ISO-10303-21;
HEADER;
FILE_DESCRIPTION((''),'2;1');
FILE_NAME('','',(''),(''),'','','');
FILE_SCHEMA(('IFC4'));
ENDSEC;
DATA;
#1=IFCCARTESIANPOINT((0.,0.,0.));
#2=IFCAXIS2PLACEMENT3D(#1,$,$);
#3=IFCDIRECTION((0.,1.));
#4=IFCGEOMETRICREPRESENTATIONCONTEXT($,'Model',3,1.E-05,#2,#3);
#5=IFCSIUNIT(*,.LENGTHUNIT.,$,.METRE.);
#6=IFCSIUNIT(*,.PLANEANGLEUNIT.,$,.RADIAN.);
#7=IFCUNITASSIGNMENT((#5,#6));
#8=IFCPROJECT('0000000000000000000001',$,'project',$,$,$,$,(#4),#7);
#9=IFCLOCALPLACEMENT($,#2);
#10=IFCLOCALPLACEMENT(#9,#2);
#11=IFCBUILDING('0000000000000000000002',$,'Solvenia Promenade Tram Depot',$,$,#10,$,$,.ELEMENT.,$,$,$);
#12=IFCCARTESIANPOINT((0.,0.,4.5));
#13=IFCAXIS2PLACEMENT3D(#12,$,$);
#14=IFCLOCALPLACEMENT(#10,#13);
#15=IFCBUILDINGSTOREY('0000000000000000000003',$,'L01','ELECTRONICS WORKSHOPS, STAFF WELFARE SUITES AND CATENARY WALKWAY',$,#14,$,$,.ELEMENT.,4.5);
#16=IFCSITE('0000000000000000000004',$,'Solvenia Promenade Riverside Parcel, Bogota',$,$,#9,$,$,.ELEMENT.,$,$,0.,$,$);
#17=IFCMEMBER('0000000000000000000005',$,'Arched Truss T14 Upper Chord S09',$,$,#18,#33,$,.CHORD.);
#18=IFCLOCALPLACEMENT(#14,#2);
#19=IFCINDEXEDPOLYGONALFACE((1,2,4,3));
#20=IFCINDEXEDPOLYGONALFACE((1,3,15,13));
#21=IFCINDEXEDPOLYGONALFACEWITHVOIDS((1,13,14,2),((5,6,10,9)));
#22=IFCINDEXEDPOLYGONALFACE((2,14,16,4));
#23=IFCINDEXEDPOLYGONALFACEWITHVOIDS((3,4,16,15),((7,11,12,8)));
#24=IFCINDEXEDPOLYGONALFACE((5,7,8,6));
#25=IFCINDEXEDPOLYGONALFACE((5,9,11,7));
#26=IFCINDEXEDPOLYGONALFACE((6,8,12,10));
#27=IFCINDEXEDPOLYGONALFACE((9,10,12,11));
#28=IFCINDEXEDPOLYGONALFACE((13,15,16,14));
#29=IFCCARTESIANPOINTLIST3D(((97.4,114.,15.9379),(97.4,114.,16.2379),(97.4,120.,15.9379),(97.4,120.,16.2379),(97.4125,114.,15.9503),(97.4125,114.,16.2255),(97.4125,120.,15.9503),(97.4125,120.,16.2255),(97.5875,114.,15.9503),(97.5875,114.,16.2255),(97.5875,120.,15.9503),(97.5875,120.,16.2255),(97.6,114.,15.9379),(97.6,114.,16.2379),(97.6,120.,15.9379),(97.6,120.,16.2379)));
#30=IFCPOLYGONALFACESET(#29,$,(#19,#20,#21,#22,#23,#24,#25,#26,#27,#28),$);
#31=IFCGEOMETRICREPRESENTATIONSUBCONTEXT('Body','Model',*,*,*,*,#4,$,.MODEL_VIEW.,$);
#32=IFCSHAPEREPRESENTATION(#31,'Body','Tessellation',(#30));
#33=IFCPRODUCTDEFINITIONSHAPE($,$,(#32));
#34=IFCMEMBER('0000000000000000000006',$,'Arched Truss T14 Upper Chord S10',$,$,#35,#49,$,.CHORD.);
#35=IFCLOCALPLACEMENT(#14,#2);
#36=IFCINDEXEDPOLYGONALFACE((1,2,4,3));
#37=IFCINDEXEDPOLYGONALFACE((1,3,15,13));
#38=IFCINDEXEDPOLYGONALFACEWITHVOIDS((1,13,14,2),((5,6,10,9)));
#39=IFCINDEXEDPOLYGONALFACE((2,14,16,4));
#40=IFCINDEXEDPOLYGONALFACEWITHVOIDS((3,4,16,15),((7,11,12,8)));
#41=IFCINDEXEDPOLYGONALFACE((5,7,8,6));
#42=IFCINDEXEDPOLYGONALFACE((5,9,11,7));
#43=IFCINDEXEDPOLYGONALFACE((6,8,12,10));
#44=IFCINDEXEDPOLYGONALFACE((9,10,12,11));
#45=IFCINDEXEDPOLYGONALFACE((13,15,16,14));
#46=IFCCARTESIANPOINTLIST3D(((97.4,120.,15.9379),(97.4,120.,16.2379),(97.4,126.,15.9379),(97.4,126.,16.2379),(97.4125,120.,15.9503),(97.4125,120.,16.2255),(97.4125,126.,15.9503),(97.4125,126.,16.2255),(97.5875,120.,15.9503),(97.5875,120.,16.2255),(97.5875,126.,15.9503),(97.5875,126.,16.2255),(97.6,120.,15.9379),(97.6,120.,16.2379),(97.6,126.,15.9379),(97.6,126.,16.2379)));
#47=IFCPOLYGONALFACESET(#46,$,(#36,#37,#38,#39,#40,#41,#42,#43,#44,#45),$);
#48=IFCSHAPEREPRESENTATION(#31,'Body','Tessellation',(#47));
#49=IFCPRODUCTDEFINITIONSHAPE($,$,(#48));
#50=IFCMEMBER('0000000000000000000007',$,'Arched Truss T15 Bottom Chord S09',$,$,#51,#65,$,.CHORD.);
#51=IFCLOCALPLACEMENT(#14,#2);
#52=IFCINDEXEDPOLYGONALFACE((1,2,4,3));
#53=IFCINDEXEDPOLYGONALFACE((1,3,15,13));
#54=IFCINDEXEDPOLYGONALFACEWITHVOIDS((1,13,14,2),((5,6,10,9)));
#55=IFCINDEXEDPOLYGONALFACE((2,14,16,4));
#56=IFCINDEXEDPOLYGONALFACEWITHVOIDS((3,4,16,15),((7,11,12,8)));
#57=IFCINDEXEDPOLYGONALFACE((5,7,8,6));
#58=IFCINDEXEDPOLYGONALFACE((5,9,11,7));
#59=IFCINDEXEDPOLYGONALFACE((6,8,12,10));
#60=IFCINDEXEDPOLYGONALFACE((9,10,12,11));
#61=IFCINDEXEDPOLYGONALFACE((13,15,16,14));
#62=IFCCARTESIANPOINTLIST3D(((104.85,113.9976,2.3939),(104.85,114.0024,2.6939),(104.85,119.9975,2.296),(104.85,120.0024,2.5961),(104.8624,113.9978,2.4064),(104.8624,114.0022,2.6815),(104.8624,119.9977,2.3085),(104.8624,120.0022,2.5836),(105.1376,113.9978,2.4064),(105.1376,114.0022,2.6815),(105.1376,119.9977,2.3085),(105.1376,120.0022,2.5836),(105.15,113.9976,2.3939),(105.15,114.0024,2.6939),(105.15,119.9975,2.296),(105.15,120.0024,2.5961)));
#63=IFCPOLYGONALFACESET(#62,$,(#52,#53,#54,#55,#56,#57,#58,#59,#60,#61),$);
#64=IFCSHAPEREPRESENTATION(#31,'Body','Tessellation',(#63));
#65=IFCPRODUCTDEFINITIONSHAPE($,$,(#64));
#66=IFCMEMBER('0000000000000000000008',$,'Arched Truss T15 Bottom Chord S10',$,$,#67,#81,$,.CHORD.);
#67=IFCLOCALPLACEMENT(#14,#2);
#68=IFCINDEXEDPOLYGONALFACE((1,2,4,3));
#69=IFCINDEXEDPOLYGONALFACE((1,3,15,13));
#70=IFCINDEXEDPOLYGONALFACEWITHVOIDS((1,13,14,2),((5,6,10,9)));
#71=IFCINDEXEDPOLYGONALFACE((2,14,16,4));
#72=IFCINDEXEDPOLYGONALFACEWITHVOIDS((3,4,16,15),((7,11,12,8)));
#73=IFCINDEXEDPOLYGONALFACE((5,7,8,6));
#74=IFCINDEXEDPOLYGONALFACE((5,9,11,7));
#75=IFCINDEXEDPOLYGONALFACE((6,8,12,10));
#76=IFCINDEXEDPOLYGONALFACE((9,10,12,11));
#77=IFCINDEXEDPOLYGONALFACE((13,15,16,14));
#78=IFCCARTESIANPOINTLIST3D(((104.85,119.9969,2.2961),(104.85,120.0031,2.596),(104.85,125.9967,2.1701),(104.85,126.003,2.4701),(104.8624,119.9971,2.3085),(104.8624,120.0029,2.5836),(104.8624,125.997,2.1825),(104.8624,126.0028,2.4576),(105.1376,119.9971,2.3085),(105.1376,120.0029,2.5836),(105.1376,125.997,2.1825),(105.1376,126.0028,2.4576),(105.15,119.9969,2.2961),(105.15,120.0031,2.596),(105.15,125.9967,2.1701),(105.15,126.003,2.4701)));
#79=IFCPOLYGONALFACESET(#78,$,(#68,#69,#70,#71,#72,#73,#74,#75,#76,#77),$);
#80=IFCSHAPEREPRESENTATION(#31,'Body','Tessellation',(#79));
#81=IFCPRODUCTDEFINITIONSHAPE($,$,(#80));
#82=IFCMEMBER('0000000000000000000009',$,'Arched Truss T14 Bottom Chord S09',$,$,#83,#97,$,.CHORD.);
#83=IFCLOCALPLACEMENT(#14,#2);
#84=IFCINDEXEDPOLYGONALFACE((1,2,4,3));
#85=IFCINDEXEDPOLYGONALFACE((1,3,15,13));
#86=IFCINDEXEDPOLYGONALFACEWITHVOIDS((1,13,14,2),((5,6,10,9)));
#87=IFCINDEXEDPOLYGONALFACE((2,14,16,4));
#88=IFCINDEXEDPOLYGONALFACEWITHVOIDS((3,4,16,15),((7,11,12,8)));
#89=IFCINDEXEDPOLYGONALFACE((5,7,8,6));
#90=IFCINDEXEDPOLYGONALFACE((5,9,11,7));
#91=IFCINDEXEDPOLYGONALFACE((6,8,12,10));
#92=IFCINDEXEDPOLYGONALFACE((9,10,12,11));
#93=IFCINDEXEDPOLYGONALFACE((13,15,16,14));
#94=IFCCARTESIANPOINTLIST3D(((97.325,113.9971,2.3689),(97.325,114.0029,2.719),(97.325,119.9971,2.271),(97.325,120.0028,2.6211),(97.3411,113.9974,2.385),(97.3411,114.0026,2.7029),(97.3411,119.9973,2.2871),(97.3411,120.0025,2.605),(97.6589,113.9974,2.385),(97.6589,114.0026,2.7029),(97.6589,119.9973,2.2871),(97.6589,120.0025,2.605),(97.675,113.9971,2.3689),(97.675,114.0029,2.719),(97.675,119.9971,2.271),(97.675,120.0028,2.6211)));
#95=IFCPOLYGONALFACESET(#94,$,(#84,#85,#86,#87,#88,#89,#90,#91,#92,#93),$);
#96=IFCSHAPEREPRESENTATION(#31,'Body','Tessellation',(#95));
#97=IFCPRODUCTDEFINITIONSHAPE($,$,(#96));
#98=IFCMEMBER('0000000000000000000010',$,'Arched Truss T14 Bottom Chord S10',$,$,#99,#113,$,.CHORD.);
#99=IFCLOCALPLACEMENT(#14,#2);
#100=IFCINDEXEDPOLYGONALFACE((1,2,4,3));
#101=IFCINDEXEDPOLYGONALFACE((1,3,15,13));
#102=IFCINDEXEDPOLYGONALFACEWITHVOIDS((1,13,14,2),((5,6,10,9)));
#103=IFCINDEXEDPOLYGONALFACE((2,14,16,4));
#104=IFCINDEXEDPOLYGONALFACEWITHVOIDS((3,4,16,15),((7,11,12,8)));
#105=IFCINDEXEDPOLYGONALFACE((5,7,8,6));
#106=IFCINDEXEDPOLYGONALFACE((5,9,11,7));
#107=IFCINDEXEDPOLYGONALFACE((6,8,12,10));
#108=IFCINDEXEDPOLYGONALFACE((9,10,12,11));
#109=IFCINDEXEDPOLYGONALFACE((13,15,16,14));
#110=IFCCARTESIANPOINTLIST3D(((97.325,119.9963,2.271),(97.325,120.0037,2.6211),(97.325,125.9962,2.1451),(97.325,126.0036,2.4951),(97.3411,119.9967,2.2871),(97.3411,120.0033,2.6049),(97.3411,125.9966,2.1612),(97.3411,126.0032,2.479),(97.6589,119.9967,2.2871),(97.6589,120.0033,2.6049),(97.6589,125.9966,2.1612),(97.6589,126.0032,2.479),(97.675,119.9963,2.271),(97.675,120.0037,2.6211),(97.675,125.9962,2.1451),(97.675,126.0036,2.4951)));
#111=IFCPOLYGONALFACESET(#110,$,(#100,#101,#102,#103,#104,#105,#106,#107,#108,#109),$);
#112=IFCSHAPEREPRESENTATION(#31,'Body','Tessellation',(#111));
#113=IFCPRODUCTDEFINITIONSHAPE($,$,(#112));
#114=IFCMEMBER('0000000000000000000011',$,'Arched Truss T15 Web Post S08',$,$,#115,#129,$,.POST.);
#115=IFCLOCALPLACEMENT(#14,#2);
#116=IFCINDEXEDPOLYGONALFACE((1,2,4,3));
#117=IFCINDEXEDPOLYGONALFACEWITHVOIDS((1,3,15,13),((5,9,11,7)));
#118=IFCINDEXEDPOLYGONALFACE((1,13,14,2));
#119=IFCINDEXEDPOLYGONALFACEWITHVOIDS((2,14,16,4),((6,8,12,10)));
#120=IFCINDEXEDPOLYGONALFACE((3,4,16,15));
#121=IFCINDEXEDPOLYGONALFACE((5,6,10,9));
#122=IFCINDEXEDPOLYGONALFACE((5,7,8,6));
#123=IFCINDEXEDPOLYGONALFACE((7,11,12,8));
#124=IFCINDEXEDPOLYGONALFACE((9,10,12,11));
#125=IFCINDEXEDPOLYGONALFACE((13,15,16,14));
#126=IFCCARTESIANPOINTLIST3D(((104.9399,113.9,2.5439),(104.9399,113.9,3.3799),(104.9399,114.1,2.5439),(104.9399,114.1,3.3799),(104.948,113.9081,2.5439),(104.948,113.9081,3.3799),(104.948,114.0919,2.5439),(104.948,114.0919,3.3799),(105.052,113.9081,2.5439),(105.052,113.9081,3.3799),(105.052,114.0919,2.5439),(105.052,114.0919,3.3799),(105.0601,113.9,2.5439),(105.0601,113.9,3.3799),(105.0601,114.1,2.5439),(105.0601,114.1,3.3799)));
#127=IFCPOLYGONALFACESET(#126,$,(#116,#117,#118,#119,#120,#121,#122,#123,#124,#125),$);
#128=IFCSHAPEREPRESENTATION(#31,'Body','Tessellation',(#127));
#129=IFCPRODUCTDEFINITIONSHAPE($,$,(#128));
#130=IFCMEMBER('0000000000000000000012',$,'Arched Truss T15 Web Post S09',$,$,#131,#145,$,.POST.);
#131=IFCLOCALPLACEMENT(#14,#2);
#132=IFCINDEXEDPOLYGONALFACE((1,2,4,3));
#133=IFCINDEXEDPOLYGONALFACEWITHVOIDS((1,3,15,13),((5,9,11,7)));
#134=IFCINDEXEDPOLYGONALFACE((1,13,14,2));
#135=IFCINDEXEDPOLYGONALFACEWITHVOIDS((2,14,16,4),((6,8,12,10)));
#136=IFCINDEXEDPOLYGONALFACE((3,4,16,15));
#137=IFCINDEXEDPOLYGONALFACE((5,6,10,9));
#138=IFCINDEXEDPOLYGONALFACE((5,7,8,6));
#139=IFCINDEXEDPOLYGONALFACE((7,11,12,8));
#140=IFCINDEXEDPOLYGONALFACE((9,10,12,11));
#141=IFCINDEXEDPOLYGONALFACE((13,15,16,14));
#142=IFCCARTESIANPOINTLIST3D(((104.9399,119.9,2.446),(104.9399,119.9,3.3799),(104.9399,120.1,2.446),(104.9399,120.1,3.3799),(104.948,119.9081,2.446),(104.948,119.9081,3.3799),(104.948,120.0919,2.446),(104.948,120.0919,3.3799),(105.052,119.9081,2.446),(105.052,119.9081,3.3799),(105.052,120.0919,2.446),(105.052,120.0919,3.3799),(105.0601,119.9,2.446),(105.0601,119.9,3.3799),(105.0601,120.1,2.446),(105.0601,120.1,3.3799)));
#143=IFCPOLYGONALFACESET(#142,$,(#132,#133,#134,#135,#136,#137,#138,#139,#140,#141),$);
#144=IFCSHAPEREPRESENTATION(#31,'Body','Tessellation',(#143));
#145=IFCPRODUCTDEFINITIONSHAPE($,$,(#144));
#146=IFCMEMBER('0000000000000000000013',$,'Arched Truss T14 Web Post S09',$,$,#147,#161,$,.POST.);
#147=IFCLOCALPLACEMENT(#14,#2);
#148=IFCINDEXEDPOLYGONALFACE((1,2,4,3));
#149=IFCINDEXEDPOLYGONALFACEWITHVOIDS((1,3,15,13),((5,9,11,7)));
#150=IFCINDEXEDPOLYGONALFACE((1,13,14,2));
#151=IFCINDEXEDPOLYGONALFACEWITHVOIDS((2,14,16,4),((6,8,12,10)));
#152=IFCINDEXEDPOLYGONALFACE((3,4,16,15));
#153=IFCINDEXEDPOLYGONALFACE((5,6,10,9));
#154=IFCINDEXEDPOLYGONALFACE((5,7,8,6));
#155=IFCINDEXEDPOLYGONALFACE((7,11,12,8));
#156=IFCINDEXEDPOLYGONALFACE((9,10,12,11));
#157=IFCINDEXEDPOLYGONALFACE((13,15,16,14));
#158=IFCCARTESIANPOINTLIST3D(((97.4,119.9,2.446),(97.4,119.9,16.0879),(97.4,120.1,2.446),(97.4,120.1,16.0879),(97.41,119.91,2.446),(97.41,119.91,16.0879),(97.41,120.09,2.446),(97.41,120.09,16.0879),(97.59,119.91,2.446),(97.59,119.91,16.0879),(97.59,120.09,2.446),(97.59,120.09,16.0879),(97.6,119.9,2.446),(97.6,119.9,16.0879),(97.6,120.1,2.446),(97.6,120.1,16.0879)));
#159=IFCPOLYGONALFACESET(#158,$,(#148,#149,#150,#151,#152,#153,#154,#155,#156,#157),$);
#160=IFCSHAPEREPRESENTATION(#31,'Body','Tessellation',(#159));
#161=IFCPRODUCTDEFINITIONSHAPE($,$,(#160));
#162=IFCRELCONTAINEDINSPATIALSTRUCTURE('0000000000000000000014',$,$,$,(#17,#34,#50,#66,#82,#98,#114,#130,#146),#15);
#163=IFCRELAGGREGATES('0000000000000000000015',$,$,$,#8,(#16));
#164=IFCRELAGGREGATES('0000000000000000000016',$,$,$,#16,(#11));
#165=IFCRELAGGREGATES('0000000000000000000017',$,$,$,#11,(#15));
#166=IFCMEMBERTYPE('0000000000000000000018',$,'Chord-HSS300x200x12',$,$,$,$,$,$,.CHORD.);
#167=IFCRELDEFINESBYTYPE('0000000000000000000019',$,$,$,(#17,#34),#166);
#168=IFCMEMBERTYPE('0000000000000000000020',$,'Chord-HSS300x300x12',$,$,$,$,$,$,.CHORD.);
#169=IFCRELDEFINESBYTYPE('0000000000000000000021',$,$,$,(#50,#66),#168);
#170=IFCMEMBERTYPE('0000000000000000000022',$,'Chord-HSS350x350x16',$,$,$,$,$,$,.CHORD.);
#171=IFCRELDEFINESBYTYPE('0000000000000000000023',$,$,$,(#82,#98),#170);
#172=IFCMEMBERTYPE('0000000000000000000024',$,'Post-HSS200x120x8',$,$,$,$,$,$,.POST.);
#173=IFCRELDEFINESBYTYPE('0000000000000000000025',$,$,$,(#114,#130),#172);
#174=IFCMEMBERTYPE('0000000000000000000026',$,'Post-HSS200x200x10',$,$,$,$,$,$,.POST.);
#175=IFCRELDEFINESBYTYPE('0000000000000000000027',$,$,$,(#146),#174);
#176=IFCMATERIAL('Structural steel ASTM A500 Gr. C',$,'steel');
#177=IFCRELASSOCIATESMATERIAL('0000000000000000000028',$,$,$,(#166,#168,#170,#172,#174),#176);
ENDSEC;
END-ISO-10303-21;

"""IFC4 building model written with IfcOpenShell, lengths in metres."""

from ifc_helpers import new_model, si_unit, direction, frame, origin, origin_2d, place, context, subcontext, project, spatial, hollow_rectangle, extrude, material, material_profile, profile_set, type_object, element, save


model = new_model("IFC4")

# Units and contexts
model_context = context("Model", 3, precision=1e-05, world=origin(), true_north=direction((0.0, 1.0)))
body_context = subcontext(model_context, "Body", "Model", "MODEL_VIEW")
ifc_project = project(units=[si_unit("LENGTHUNIT", "METRE"), si_unit("PLANEANGLEUNIT", "RADIAN")], contexts=[model_context])

# Site, building, storey
site_placement = place(None, origin())
site = spatial("IfcSite", under=ifc_project, at=site_placement, Name="Solvenia Promenade Riverside Parcel, Bogota", CompositionType="ELEMENT", RefElevation=0.0)
building_placement = place(site_placement, origin())
building = spatial("IfcBuilding", under=site, at=building_placement, Name="Solvenia Promenade Tram Depot", CompositionType="ELEMENT")
storey_placement = place(building_placement, frame((0.0, 0.0, 4.5)))
storey = spatial("IfcBuildingStorey", under=building, at=storey_placement, Name="L01", Description="ELECTRONICS WORKSHOPS, STAFF WELFARE SUITES AND CATENARY WALKWAY", CompositionType="ELEMENT", Elevation=4.5)

# Members
ifc_material_1 = material(Name="Structural steel ASTM A500 Gr. C", Category="steel")
ifc_material_profile_1 = material_profile(ifc_material_1, hollow_rectangle(XDim=0.2, YDim=0.3, WallThickness=0.0125, at=origin_2d()), Name="HSS300x200x12.5", Category="steel")
ifc_profile_set_1 = profile_set([ifc_material_profile_1], Name="Structural steel ASTM A500 Gr. C")
member_type_1 = type_object("IfcMemberType", Name="Chord-HSS300x200x12", PredefinedType="CHORD", material=ifc_profile_set_1)
for number, where, z_axis, x_axis, name in (
    (1, (97.5, 114.0, 16.0879), (0.0, 1.0, 0.0), (-1.0, 0.0, 0.0), "Arched Truss T14 Upper Chord S09"),
    (2, (97.5, 120.0, 16.0879), (0.0, 1.0, 0.0), (-1.0, 0.0, 0.0), "Arched Truss T14 Upper Chord S10"),
):
    element("IfcMember", number, at=place(storey_placement, frame(where, z_axis=z_axis, x_axis=x_axis)), inside=storey, type_object=member_type_1, Name=name, PredefinedType="CHORD", context=body_context, shape_type="SweptSolid", body=[
        extrude(hollow_rectangle(XDim=0.2, YDim=0.3, WallThickness=0.0125, at=origin_2d()), origin(), (0.0, 0.0, 1.0), 6.0),
    ])
ifc_material_profile_2 = material_profile(ifc_material_1, hollow_rectangle(XDim=0.3, YDim=0.3, WallThickness=0.0125, at=origin_2d()), Name="HSS300x300x12.5", Category="steel")
ifc_profile_set_2 = profile_set([ifc_material_profile_2], Name="Structural steel ASTM A500 Gr. C")
member_type_2 = type_object("IfcMemberType", Name="Chord-HSS300x300x12", PredefinedType="CHORD", material=ifc_profile_set_2)
member_1_placement = place(storey_placement, frame((105.0, 114.0, 2.5439), z_axis=(0.0, 0.999867, -0.016315), x_axis=(-1.0, 0.0, 0.0)))
element("IfcMember", 3, at=member_1_placement, inside=storey, type_object=member_type_2, Name="Arched Truss T15 Bottom Chord S09", PredefinedType="CHORD", context=body_context, shape_type="SweptSolid", body=[
    extrude(hollow_rectangle(XDim=0.3, YDim=0.3, WallThickness=0.0125, at=origin_2d()), origin(), (0.0, 0.0, 1.0), 6.0007),
])
member_2_placement = place(storey_placement, frame((105.0, 120.0, 2.446), z_axis=(0.0, 0.99978, -0.020991), x_axis=(-1.0, 0.0, 0.0)))
element("IfcMember", 4, at=member_2_placement, inside=storey, type_object=member_type_2, Name="Arched Truss T15 Bottom Chord S10", PredefinedType="CHORD", context=body_context, shape_type="SweptSolid", body=[
    extrude(hollow_rectangle(XDim=0.3, YDim=0.3, WallThickness=0.0125, at=origin_2d()), origin(), (0.0, 0.0, 1.0), 6.0012),
])
ifc_material_profile_3 = material_profile(ifc_material_1, hollow_rectangle(XDim=0.3501, YDim=0.3501, WallThickness=0.0161, at=origin_2d()), Name="HSS350x350x16", Category="steel")
ifc_profile_set_3 = profile_set([ifc_material_profile_3], Name="Structural steel ASTM A500 Gr. C")
member_type_3 = type_object("IfcMemberType", Name="Chord-HSS350x350x16", PredefinedType="CHORD", material=ifc_profile_set_3)
member_3_placement = place(storey_placement, frame((97.5, 114.0, 2.5439), z_axis=(0.0, 0.999867, -0.016315), x_axis=(-1.0, 0.0, 0.0)))
element("IfcMember", 5, at=member_3_placement, inside=storey, type_object=member_type_3, Name="Arched Truss T14 Bottom Chord S09", PredefinedType="CHORD", context=body_context, shape_type="SweptSolid", body=[
    extrude(hollow_rectangle(XDim=0.3501, YDim=0.3501, WallThickness=0.0161, at=origin_2d()), origin(), (0.0, 0.0, 1.0), 6.0007),
])
member_4_placement = place(storey_placement, frame((97.5, 120.0, 2.446), z_axis=(0.0, 0.99978, -0.020991), x_axis=(-1.0, 0.0, 0.0)))
element("IfcMember", 6, at=member_4_placement, inside=storey, type_object=member_type_3, Name="Arched Truss T14 Bottom Chord S10", PredefinedType="CHORD", context=body_context, shape_type="SweptSolid", body=[
    extrude(hollow_rectangle(XDim=0.3501, YDim=0.3501, WallThickness=0.0161, at=origin_2d()), origin(), (0.0, 0.0, 1.0), 6.0012),
])
ifc_material_profile_4 = material_profile(ifc_material_1, hollow_rectangle(XDim=0.1201, YDim=0.2, WallThickness=0.0081, at=origin_2d()), Name="HSS200x120x8", Category="steel")
ifc_profile_set_4 = profile_set([ifc_material_profile_4], Name="Structural steel ASTM A500 Gr. C")
member_type_4 = type_object("IfcMemberType", Name="Post-HSS200x120x8", PredefinedType="POST", material=ifc_profile_set_4)
member_5_placement = place(storey_placement, frame((105.0, 114.0, 2.5439), z_axis=(0.0, 0.0, 1.0), x_axis=(1.0, 0.0, 0.0)))
element("IfcMember", 7, at=member_5_placement, inside=storey, type_object=member_type_4, Name="Arched Truss T15 Web Post S08", PredefinedType="POST", context=body_context, shape_type="SweptSolid", body=[
    extrude(hollow_rectangle(XDim=0.1201, YDim=0.2, WallThickness=0.0081, at=origin_2d()), origin(), (0.0, 0.0, 1.0), 0.8359),
])
member_6_placement = place(storey_placement, frame((105.0, 120.0, 2.446), z_axis=(0.0, 0.0, 1.0), x_axis=(1.0, 0.0, 0.0)))
element("IfcMember", 8, at=member_6_placement, inside=storey, type_object=member_type_4, Name="Arched Truss T15 Web Post S09", PredefinedType="POST", context=body_context, shape_type="SweptSolid", body=[
    extrude(hollow_rectangle(XDim=0.1201, YDim=0.2, WallThickness=0.0081, at=origin_2d()), origin(), (0.0, 0.0, 1.0), 0.9338),
])
ifc_material_profile_5 = material_profile(ifc_material_1, hollow_rectangle(XDim=0.2, YDim=0.2, WallThickness=0.01, at=origin_2d()), Name="HSS200x200x10", Category="steel")
ifc_profile_set_5 = profile_set([ifc_material_profile_5], Name="Structural steel ASTM A500 Gr. C")
member_type_5 = type_object("IfcMemberType", Name="Post-HSS200x200x10", PredefinedType="POST", material=ifc_profile_set_5)
member_7_placement = place(storey_placement, frame((97.5, 120.0, 2.446), z_axis=(0.0, 0.0, 1.0), x_axis=(1.0, 0.0, 0.0)))
element("IfcMember", 9, at=member_7_placement, inside=storey, type_object=member_type_5, Name="Arched Truss T14 Web Post S09", PredefinedType="POST", context=body_context, shape_type="SweptSolid", body=[
    extrude(hollow_rectangle(XDim=0.2, YDim=0.2, WallThickness=0.01, at=origin_2d()), origin(), (0.0, 0.0, 1.0), 13.6418),
])

save(model, "model.ifc")
